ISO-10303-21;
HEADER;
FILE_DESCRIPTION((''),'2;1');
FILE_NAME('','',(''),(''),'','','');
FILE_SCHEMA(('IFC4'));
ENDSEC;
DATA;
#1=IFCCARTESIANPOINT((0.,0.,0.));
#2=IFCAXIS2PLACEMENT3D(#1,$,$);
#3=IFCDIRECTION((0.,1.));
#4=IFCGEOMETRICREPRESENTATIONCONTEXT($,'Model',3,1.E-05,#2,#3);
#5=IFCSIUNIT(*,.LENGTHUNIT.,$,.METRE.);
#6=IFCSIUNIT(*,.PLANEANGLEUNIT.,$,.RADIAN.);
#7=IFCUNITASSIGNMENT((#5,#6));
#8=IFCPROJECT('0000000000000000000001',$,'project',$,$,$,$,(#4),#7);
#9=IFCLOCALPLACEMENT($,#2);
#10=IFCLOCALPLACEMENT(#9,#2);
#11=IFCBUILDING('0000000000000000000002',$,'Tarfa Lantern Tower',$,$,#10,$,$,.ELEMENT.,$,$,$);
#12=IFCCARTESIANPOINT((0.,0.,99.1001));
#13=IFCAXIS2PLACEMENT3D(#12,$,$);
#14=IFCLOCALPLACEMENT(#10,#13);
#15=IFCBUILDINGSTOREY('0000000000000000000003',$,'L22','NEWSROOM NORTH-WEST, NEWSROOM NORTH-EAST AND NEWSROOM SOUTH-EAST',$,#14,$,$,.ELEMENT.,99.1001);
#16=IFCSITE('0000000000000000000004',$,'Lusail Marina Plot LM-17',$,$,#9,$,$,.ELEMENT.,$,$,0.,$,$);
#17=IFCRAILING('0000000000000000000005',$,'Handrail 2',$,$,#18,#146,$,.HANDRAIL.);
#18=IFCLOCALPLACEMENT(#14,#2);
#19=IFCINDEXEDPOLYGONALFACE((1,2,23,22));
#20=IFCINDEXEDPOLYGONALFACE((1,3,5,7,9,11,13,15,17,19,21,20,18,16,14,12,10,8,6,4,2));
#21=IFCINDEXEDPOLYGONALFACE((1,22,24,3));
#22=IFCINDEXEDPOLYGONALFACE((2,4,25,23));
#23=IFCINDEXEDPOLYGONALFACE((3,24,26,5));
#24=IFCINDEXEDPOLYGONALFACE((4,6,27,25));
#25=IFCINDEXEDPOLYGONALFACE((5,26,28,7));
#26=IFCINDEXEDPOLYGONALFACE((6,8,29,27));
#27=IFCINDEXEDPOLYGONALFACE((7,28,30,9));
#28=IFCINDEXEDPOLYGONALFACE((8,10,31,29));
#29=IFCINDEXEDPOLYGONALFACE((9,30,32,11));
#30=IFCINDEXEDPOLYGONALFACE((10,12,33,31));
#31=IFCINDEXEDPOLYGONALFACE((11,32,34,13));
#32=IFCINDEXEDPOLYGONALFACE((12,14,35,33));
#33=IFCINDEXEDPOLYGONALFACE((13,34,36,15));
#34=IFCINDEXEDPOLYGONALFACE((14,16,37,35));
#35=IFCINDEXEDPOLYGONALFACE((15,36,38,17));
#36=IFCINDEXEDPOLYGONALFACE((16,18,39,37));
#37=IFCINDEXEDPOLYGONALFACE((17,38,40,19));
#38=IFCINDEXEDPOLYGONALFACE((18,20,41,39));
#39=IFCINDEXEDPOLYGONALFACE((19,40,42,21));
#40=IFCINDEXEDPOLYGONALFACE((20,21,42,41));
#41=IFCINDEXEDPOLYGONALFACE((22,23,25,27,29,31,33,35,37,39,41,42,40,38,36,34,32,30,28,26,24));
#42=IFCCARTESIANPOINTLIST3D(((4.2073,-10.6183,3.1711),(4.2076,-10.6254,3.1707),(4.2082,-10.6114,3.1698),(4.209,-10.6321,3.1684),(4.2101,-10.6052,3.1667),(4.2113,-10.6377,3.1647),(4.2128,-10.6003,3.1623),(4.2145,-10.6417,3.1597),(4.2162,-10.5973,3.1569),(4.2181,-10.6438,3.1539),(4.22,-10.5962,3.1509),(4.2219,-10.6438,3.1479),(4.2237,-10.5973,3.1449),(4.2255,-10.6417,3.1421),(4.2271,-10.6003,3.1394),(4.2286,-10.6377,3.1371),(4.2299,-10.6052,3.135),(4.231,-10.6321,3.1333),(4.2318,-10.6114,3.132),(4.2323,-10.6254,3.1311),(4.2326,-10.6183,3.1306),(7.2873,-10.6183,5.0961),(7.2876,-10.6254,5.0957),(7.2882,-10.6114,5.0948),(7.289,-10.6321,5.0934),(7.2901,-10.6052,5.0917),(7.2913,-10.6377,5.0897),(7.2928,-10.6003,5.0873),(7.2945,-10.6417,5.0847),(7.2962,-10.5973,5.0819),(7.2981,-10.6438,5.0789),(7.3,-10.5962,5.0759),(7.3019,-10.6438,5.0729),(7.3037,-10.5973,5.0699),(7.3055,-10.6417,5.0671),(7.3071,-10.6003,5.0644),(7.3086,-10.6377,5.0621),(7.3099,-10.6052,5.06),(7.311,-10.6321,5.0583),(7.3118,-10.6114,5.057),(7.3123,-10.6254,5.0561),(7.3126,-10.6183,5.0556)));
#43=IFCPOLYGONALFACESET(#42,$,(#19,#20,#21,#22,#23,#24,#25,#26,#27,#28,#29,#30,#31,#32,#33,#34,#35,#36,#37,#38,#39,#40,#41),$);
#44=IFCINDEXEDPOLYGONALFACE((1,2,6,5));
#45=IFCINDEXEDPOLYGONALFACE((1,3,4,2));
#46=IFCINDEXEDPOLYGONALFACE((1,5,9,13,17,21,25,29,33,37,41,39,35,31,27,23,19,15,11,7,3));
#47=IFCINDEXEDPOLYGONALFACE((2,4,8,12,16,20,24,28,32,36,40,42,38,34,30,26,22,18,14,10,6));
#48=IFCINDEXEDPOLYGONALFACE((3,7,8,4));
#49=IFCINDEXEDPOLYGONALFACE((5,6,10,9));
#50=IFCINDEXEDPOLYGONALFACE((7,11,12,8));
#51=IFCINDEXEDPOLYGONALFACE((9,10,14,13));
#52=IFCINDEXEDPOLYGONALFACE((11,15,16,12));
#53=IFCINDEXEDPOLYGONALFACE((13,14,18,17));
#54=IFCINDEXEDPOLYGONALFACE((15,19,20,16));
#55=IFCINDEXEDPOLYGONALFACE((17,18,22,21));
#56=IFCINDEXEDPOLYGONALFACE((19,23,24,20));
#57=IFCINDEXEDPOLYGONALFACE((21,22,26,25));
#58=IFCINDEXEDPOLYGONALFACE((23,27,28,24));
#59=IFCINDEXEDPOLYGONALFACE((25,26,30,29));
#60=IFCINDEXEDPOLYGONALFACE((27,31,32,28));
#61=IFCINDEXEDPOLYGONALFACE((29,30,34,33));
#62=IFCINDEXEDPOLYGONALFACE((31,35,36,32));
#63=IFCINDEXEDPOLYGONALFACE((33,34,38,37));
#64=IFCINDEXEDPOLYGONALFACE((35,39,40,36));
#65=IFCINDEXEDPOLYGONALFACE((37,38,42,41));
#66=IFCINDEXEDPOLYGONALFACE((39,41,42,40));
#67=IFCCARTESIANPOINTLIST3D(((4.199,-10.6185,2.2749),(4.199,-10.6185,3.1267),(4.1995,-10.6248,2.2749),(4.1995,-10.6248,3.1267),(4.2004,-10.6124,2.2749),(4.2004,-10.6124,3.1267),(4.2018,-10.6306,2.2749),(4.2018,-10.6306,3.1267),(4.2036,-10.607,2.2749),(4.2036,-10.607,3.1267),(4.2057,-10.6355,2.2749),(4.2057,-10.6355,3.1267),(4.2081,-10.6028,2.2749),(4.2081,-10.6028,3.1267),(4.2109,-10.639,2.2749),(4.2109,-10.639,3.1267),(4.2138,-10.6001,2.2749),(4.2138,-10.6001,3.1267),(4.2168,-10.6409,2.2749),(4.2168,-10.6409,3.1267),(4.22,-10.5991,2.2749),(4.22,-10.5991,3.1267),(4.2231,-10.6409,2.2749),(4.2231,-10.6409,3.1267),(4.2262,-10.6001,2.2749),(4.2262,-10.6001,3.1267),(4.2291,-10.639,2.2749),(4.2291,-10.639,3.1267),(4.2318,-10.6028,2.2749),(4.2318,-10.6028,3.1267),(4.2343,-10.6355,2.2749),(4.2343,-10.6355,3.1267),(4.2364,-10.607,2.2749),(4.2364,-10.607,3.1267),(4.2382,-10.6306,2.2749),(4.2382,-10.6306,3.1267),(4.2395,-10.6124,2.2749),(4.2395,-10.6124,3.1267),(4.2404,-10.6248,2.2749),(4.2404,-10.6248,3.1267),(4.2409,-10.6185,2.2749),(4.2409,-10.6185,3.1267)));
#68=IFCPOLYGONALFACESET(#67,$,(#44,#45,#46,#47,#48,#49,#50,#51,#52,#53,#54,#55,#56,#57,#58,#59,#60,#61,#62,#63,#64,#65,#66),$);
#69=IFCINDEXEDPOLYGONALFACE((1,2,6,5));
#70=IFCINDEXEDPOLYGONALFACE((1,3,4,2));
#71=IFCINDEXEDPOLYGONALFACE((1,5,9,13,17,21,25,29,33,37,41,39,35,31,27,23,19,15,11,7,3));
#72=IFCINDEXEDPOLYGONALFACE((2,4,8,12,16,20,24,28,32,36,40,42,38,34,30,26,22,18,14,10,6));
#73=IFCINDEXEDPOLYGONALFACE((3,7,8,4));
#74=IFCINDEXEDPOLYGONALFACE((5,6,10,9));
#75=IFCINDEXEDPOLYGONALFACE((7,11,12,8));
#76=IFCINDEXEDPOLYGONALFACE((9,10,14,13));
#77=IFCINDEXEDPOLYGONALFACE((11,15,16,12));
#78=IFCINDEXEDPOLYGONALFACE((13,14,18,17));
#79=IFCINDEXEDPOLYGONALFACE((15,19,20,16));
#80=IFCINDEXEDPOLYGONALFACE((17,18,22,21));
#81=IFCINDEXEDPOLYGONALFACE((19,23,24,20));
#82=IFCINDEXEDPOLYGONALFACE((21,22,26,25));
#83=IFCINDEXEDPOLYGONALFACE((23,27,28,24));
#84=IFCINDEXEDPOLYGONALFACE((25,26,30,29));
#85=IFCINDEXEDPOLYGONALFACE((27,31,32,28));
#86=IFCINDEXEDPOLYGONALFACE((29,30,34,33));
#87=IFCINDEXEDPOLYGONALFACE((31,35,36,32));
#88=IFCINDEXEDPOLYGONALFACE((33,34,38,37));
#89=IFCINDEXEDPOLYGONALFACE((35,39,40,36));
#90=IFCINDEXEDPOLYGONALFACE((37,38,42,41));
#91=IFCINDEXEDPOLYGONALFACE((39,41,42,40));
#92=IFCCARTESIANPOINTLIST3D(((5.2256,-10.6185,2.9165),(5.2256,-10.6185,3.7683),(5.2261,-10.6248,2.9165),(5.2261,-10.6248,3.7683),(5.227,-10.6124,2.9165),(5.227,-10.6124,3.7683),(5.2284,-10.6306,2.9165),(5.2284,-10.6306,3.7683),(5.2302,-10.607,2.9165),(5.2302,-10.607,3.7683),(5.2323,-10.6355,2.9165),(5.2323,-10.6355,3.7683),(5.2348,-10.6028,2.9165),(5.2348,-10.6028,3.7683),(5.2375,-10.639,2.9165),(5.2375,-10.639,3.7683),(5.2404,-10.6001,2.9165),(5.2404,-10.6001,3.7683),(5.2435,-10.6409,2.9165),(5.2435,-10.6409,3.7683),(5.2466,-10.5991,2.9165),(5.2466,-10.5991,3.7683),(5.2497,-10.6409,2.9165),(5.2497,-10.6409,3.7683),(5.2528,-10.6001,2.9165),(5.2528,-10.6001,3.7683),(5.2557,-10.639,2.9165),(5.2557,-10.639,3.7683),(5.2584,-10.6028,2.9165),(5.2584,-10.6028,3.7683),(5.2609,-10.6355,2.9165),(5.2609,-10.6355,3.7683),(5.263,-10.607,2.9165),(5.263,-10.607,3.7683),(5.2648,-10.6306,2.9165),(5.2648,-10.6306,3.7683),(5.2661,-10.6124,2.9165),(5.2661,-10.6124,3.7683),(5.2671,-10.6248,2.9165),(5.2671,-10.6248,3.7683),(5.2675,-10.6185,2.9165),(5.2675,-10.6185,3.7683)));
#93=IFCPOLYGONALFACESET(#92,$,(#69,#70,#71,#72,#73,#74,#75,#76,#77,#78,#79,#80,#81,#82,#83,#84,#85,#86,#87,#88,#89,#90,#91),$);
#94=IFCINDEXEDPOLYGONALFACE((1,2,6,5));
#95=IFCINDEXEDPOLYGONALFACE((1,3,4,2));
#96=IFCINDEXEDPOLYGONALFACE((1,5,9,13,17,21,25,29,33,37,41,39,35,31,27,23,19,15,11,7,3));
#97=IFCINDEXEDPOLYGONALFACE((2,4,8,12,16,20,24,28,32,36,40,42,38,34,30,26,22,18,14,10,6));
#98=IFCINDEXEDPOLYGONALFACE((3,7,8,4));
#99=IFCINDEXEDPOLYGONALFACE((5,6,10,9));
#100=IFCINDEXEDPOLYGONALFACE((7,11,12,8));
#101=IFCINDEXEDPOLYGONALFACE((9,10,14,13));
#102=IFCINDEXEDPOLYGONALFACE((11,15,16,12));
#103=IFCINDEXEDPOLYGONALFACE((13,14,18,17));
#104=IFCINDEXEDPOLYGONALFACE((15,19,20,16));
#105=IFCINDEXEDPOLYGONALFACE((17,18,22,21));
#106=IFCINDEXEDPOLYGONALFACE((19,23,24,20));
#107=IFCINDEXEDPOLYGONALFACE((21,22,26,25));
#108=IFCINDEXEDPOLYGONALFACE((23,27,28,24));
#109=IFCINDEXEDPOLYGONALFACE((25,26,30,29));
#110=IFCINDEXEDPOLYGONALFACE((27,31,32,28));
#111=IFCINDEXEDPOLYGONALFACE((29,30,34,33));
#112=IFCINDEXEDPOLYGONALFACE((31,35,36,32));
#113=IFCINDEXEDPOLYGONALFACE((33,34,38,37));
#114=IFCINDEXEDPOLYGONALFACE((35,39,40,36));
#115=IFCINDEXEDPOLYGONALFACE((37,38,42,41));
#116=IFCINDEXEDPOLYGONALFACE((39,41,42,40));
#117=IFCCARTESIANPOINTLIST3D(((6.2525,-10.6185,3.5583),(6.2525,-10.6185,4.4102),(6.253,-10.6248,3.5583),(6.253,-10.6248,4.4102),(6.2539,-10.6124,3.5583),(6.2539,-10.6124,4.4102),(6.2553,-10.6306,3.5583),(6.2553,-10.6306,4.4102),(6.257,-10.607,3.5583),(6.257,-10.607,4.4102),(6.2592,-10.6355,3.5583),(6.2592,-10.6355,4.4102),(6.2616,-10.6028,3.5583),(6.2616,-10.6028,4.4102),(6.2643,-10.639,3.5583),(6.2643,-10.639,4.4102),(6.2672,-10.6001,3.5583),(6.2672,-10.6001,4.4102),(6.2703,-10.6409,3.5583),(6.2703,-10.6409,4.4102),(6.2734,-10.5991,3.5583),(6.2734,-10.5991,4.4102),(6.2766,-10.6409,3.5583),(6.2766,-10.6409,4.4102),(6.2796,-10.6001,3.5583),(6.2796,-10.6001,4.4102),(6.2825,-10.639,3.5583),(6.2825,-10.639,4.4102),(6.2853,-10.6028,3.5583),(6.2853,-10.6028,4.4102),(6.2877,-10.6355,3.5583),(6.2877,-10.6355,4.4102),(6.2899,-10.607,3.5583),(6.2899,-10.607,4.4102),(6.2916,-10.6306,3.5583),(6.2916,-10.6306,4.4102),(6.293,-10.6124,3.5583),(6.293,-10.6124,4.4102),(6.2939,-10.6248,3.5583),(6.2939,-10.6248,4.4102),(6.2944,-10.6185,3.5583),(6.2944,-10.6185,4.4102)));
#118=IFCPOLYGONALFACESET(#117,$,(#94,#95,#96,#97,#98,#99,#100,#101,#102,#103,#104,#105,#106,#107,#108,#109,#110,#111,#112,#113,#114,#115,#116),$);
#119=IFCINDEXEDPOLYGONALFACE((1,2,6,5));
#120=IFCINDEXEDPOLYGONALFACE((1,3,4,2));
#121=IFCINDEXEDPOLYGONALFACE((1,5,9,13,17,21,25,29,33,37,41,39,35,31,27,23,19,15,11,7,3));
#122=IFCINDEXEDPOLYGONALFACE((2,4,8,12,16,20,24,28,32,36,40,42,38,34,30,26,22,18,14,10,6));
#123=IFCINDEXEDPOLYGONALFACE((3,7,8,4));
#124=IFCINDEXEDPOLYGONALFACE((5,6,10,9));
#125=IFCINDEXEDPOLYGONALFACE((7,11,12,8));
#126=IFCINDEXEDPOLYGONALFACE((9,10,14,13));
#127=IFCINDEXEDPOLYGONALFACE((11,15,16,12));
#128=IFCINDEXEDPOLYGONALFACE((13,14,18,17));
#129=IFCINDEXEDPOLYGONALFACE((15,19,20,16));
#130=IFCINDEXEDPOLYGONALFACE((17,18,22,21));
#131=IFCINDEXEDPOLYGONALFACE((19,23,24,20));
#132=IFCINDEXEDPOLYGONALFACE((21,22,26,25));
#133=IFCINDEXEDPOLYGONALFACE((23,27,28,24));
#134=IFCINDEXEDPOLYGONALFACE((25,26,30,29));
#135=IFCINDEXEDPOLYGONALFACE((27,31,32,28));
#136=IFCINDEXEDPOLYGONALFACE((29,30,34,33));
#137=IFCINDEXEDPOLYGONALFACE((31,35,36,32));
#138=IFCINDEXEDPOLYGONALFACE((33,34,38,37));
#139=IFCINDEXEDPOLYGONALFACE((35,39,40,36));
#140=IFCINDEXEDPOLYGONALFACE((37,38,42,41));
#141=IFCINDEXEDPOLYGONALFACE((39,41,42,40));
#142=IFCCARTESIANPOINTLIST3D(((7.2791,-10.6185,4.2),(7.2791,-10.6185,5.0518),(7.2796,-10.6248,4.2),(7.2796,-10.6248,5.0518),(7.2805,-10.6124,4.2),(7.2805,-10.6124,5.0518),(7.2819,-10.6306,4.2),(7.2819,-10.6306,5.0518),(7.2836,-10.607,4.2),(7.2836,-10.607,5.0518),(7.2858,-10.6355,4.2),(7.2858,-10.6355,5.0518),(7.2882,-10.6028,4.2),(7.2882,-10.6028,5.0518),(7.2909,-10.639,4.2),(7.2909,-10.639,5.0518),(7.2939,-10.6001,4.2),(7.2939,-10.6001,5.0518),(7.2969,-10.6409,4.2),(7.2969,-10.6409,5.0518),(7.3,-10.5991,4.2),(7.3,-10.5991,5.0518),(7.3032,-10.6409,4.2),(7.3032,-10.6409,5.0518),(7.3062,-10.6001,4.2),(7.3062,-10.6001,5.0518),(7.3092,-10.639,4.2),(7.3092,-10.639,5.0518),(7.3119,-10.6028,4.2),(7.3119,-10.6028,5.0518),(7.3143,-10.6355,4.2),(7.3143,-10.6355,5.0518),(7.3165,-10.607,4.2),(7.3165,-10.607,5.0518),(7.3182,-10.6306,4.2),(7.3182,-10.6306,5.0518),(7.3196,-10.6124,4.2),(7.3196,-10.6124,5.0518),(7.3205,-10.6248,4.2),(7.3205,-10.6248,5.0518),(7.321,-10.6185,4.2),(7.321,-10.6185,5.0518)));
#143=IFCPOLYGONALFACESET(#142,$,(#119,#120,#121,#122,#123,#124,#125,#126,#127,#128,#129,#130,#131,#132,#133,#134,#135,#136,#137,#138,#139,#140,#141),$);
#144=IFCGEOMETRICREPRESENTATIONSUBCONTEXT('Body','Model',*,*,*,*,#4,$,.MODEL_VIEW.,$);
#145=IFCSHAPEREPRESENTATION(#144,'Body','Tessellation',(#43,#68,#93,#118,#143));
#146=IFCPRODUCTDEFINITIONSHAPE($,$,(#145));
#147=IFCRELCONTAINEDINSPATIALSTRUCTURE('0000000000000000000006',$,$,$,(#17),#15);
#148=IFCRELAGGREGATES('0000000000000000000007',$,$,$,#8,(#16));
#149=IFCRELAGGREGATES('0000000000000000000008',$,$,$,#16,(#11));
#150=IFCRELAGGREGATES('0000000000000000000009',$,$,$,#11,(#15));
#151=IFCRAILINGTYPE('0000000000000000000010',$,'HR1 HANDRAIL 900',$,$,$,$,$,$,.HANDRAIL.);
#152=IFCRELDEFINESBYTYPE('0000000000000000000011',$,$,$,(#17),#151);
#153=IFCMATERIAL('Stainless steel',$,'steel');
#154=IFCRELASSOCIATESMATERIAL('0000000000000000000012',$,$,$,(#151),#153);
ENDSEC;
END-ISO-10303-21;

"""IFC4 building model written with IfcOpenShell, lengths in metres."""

from ifc_helpers import new_model, si_unit, direction, frame, origin, origin_2d, place, context, subcontext, project, spatial, circle, extrude, material, type_object, element, save


model = new_model("IFC4")

# Units and contexts
model_context = context("Model", 3, precision=1e-05, world=origin(), true_north=direction((0.0, 1.0)))
body_context = subcontext(model_context, "Body", "Model", "MODEL_VIEW")
ifc_project = project(units=[si_unit("LENGTHUNIT", "METRE"), si_unit("PLANEANGLEUNIT", "RADIAN")], contexts=[model_context])

# Site, building, storey
site_placement = place(None, origin())
site = spatial("IfcSite", under=ifc_project, at=site_placement, Name="Lusail Marina Plot LM-17", CompositionType="ELEMENT", RefElevation=0.0)
building_placement = place(site_placement, origin())
building = spatial("IfcBuilding", under=site, at=building_placement, Name="Tarfa Lantern Tower", CompositionType="ELEMENT")
storey_placement = place(building_placement, frame((0.0, 0.0, 99.1001)))
storey = spatial("IfcBuildingStorey", under=building, at=storey_placement, Name="L22", Description="NEWSROOM NORTH-WEST, NEWSROOM NORTH-EAST AND NEWSROOM SOUTH-EAST", CompositionType="ELEMENT", Elevation=99.1001)

# Railing
ifc_material_1 = material(Name="Stainless steel", Category="steel")
railing_type = type_object("IfcRailingType", Name="HR1 HANDRAIL 900", PredefinedType="HANDRAIL", material=ifc_material_1)
railing_1_placement = place(storey_placement, frame((4.22, -10.6201, 2.2749)))
element("IfcRailing", 1, at=railing_1_placement, inside=storey, type_object=railing_type, Name="Handrail 2", PredefinedType="HANDRAIL", context=body_context, shape_type="SweptSolid", body=[
    extrude(circle(Radius=0.0239, at=origin_2d()), frame((0.0, 0.0, 0.876), z_axis=(0.847998, 0.0, 0.529999), x_axis=(0.0, 1.0, 0.0)), (0.0, 0.0, 1.0), 3.6321),
    extrude(circle(Radius=0.021, at=origin_2d()), frame((0.0, 0.0, 0.0), z_axis=(0.0, 0.0, 1.0), x_axis=(0.0, 1.0, 0.0)), (0.0, 0.0, 1.0), 0.8518),
    extrude(circle(Radius=0.021, at=origin_2d()), frame((1.0266, 0.0, 0.6416), z_axis=(0.0, 0.0, 1.0), x_axis=(0.0, 1.0, 0.0)), (0.0, 0.0, 1.0), 0.8518),
    extrude(circle(Radius=0.021, at=origin_2d()), frame((2.0535, 0.0, 1.2834), z_axis=(0.0, 0.0, 1.0), x_axis=(0.0, 1.0, 0.0)), (0.0, 0.0, 1.0), 0.8518),
    extrude(circle(Radius=0.021, at=origin_2d()), frame((3.0801, 0.0, 1.925), z_axis=(0.0, 0.0, 1.0), x_axis=(0.0, 1.0, 0.0)), (0.0, 0.0, 1.0), 0.8518),
])

save(model, "model.ifc")
